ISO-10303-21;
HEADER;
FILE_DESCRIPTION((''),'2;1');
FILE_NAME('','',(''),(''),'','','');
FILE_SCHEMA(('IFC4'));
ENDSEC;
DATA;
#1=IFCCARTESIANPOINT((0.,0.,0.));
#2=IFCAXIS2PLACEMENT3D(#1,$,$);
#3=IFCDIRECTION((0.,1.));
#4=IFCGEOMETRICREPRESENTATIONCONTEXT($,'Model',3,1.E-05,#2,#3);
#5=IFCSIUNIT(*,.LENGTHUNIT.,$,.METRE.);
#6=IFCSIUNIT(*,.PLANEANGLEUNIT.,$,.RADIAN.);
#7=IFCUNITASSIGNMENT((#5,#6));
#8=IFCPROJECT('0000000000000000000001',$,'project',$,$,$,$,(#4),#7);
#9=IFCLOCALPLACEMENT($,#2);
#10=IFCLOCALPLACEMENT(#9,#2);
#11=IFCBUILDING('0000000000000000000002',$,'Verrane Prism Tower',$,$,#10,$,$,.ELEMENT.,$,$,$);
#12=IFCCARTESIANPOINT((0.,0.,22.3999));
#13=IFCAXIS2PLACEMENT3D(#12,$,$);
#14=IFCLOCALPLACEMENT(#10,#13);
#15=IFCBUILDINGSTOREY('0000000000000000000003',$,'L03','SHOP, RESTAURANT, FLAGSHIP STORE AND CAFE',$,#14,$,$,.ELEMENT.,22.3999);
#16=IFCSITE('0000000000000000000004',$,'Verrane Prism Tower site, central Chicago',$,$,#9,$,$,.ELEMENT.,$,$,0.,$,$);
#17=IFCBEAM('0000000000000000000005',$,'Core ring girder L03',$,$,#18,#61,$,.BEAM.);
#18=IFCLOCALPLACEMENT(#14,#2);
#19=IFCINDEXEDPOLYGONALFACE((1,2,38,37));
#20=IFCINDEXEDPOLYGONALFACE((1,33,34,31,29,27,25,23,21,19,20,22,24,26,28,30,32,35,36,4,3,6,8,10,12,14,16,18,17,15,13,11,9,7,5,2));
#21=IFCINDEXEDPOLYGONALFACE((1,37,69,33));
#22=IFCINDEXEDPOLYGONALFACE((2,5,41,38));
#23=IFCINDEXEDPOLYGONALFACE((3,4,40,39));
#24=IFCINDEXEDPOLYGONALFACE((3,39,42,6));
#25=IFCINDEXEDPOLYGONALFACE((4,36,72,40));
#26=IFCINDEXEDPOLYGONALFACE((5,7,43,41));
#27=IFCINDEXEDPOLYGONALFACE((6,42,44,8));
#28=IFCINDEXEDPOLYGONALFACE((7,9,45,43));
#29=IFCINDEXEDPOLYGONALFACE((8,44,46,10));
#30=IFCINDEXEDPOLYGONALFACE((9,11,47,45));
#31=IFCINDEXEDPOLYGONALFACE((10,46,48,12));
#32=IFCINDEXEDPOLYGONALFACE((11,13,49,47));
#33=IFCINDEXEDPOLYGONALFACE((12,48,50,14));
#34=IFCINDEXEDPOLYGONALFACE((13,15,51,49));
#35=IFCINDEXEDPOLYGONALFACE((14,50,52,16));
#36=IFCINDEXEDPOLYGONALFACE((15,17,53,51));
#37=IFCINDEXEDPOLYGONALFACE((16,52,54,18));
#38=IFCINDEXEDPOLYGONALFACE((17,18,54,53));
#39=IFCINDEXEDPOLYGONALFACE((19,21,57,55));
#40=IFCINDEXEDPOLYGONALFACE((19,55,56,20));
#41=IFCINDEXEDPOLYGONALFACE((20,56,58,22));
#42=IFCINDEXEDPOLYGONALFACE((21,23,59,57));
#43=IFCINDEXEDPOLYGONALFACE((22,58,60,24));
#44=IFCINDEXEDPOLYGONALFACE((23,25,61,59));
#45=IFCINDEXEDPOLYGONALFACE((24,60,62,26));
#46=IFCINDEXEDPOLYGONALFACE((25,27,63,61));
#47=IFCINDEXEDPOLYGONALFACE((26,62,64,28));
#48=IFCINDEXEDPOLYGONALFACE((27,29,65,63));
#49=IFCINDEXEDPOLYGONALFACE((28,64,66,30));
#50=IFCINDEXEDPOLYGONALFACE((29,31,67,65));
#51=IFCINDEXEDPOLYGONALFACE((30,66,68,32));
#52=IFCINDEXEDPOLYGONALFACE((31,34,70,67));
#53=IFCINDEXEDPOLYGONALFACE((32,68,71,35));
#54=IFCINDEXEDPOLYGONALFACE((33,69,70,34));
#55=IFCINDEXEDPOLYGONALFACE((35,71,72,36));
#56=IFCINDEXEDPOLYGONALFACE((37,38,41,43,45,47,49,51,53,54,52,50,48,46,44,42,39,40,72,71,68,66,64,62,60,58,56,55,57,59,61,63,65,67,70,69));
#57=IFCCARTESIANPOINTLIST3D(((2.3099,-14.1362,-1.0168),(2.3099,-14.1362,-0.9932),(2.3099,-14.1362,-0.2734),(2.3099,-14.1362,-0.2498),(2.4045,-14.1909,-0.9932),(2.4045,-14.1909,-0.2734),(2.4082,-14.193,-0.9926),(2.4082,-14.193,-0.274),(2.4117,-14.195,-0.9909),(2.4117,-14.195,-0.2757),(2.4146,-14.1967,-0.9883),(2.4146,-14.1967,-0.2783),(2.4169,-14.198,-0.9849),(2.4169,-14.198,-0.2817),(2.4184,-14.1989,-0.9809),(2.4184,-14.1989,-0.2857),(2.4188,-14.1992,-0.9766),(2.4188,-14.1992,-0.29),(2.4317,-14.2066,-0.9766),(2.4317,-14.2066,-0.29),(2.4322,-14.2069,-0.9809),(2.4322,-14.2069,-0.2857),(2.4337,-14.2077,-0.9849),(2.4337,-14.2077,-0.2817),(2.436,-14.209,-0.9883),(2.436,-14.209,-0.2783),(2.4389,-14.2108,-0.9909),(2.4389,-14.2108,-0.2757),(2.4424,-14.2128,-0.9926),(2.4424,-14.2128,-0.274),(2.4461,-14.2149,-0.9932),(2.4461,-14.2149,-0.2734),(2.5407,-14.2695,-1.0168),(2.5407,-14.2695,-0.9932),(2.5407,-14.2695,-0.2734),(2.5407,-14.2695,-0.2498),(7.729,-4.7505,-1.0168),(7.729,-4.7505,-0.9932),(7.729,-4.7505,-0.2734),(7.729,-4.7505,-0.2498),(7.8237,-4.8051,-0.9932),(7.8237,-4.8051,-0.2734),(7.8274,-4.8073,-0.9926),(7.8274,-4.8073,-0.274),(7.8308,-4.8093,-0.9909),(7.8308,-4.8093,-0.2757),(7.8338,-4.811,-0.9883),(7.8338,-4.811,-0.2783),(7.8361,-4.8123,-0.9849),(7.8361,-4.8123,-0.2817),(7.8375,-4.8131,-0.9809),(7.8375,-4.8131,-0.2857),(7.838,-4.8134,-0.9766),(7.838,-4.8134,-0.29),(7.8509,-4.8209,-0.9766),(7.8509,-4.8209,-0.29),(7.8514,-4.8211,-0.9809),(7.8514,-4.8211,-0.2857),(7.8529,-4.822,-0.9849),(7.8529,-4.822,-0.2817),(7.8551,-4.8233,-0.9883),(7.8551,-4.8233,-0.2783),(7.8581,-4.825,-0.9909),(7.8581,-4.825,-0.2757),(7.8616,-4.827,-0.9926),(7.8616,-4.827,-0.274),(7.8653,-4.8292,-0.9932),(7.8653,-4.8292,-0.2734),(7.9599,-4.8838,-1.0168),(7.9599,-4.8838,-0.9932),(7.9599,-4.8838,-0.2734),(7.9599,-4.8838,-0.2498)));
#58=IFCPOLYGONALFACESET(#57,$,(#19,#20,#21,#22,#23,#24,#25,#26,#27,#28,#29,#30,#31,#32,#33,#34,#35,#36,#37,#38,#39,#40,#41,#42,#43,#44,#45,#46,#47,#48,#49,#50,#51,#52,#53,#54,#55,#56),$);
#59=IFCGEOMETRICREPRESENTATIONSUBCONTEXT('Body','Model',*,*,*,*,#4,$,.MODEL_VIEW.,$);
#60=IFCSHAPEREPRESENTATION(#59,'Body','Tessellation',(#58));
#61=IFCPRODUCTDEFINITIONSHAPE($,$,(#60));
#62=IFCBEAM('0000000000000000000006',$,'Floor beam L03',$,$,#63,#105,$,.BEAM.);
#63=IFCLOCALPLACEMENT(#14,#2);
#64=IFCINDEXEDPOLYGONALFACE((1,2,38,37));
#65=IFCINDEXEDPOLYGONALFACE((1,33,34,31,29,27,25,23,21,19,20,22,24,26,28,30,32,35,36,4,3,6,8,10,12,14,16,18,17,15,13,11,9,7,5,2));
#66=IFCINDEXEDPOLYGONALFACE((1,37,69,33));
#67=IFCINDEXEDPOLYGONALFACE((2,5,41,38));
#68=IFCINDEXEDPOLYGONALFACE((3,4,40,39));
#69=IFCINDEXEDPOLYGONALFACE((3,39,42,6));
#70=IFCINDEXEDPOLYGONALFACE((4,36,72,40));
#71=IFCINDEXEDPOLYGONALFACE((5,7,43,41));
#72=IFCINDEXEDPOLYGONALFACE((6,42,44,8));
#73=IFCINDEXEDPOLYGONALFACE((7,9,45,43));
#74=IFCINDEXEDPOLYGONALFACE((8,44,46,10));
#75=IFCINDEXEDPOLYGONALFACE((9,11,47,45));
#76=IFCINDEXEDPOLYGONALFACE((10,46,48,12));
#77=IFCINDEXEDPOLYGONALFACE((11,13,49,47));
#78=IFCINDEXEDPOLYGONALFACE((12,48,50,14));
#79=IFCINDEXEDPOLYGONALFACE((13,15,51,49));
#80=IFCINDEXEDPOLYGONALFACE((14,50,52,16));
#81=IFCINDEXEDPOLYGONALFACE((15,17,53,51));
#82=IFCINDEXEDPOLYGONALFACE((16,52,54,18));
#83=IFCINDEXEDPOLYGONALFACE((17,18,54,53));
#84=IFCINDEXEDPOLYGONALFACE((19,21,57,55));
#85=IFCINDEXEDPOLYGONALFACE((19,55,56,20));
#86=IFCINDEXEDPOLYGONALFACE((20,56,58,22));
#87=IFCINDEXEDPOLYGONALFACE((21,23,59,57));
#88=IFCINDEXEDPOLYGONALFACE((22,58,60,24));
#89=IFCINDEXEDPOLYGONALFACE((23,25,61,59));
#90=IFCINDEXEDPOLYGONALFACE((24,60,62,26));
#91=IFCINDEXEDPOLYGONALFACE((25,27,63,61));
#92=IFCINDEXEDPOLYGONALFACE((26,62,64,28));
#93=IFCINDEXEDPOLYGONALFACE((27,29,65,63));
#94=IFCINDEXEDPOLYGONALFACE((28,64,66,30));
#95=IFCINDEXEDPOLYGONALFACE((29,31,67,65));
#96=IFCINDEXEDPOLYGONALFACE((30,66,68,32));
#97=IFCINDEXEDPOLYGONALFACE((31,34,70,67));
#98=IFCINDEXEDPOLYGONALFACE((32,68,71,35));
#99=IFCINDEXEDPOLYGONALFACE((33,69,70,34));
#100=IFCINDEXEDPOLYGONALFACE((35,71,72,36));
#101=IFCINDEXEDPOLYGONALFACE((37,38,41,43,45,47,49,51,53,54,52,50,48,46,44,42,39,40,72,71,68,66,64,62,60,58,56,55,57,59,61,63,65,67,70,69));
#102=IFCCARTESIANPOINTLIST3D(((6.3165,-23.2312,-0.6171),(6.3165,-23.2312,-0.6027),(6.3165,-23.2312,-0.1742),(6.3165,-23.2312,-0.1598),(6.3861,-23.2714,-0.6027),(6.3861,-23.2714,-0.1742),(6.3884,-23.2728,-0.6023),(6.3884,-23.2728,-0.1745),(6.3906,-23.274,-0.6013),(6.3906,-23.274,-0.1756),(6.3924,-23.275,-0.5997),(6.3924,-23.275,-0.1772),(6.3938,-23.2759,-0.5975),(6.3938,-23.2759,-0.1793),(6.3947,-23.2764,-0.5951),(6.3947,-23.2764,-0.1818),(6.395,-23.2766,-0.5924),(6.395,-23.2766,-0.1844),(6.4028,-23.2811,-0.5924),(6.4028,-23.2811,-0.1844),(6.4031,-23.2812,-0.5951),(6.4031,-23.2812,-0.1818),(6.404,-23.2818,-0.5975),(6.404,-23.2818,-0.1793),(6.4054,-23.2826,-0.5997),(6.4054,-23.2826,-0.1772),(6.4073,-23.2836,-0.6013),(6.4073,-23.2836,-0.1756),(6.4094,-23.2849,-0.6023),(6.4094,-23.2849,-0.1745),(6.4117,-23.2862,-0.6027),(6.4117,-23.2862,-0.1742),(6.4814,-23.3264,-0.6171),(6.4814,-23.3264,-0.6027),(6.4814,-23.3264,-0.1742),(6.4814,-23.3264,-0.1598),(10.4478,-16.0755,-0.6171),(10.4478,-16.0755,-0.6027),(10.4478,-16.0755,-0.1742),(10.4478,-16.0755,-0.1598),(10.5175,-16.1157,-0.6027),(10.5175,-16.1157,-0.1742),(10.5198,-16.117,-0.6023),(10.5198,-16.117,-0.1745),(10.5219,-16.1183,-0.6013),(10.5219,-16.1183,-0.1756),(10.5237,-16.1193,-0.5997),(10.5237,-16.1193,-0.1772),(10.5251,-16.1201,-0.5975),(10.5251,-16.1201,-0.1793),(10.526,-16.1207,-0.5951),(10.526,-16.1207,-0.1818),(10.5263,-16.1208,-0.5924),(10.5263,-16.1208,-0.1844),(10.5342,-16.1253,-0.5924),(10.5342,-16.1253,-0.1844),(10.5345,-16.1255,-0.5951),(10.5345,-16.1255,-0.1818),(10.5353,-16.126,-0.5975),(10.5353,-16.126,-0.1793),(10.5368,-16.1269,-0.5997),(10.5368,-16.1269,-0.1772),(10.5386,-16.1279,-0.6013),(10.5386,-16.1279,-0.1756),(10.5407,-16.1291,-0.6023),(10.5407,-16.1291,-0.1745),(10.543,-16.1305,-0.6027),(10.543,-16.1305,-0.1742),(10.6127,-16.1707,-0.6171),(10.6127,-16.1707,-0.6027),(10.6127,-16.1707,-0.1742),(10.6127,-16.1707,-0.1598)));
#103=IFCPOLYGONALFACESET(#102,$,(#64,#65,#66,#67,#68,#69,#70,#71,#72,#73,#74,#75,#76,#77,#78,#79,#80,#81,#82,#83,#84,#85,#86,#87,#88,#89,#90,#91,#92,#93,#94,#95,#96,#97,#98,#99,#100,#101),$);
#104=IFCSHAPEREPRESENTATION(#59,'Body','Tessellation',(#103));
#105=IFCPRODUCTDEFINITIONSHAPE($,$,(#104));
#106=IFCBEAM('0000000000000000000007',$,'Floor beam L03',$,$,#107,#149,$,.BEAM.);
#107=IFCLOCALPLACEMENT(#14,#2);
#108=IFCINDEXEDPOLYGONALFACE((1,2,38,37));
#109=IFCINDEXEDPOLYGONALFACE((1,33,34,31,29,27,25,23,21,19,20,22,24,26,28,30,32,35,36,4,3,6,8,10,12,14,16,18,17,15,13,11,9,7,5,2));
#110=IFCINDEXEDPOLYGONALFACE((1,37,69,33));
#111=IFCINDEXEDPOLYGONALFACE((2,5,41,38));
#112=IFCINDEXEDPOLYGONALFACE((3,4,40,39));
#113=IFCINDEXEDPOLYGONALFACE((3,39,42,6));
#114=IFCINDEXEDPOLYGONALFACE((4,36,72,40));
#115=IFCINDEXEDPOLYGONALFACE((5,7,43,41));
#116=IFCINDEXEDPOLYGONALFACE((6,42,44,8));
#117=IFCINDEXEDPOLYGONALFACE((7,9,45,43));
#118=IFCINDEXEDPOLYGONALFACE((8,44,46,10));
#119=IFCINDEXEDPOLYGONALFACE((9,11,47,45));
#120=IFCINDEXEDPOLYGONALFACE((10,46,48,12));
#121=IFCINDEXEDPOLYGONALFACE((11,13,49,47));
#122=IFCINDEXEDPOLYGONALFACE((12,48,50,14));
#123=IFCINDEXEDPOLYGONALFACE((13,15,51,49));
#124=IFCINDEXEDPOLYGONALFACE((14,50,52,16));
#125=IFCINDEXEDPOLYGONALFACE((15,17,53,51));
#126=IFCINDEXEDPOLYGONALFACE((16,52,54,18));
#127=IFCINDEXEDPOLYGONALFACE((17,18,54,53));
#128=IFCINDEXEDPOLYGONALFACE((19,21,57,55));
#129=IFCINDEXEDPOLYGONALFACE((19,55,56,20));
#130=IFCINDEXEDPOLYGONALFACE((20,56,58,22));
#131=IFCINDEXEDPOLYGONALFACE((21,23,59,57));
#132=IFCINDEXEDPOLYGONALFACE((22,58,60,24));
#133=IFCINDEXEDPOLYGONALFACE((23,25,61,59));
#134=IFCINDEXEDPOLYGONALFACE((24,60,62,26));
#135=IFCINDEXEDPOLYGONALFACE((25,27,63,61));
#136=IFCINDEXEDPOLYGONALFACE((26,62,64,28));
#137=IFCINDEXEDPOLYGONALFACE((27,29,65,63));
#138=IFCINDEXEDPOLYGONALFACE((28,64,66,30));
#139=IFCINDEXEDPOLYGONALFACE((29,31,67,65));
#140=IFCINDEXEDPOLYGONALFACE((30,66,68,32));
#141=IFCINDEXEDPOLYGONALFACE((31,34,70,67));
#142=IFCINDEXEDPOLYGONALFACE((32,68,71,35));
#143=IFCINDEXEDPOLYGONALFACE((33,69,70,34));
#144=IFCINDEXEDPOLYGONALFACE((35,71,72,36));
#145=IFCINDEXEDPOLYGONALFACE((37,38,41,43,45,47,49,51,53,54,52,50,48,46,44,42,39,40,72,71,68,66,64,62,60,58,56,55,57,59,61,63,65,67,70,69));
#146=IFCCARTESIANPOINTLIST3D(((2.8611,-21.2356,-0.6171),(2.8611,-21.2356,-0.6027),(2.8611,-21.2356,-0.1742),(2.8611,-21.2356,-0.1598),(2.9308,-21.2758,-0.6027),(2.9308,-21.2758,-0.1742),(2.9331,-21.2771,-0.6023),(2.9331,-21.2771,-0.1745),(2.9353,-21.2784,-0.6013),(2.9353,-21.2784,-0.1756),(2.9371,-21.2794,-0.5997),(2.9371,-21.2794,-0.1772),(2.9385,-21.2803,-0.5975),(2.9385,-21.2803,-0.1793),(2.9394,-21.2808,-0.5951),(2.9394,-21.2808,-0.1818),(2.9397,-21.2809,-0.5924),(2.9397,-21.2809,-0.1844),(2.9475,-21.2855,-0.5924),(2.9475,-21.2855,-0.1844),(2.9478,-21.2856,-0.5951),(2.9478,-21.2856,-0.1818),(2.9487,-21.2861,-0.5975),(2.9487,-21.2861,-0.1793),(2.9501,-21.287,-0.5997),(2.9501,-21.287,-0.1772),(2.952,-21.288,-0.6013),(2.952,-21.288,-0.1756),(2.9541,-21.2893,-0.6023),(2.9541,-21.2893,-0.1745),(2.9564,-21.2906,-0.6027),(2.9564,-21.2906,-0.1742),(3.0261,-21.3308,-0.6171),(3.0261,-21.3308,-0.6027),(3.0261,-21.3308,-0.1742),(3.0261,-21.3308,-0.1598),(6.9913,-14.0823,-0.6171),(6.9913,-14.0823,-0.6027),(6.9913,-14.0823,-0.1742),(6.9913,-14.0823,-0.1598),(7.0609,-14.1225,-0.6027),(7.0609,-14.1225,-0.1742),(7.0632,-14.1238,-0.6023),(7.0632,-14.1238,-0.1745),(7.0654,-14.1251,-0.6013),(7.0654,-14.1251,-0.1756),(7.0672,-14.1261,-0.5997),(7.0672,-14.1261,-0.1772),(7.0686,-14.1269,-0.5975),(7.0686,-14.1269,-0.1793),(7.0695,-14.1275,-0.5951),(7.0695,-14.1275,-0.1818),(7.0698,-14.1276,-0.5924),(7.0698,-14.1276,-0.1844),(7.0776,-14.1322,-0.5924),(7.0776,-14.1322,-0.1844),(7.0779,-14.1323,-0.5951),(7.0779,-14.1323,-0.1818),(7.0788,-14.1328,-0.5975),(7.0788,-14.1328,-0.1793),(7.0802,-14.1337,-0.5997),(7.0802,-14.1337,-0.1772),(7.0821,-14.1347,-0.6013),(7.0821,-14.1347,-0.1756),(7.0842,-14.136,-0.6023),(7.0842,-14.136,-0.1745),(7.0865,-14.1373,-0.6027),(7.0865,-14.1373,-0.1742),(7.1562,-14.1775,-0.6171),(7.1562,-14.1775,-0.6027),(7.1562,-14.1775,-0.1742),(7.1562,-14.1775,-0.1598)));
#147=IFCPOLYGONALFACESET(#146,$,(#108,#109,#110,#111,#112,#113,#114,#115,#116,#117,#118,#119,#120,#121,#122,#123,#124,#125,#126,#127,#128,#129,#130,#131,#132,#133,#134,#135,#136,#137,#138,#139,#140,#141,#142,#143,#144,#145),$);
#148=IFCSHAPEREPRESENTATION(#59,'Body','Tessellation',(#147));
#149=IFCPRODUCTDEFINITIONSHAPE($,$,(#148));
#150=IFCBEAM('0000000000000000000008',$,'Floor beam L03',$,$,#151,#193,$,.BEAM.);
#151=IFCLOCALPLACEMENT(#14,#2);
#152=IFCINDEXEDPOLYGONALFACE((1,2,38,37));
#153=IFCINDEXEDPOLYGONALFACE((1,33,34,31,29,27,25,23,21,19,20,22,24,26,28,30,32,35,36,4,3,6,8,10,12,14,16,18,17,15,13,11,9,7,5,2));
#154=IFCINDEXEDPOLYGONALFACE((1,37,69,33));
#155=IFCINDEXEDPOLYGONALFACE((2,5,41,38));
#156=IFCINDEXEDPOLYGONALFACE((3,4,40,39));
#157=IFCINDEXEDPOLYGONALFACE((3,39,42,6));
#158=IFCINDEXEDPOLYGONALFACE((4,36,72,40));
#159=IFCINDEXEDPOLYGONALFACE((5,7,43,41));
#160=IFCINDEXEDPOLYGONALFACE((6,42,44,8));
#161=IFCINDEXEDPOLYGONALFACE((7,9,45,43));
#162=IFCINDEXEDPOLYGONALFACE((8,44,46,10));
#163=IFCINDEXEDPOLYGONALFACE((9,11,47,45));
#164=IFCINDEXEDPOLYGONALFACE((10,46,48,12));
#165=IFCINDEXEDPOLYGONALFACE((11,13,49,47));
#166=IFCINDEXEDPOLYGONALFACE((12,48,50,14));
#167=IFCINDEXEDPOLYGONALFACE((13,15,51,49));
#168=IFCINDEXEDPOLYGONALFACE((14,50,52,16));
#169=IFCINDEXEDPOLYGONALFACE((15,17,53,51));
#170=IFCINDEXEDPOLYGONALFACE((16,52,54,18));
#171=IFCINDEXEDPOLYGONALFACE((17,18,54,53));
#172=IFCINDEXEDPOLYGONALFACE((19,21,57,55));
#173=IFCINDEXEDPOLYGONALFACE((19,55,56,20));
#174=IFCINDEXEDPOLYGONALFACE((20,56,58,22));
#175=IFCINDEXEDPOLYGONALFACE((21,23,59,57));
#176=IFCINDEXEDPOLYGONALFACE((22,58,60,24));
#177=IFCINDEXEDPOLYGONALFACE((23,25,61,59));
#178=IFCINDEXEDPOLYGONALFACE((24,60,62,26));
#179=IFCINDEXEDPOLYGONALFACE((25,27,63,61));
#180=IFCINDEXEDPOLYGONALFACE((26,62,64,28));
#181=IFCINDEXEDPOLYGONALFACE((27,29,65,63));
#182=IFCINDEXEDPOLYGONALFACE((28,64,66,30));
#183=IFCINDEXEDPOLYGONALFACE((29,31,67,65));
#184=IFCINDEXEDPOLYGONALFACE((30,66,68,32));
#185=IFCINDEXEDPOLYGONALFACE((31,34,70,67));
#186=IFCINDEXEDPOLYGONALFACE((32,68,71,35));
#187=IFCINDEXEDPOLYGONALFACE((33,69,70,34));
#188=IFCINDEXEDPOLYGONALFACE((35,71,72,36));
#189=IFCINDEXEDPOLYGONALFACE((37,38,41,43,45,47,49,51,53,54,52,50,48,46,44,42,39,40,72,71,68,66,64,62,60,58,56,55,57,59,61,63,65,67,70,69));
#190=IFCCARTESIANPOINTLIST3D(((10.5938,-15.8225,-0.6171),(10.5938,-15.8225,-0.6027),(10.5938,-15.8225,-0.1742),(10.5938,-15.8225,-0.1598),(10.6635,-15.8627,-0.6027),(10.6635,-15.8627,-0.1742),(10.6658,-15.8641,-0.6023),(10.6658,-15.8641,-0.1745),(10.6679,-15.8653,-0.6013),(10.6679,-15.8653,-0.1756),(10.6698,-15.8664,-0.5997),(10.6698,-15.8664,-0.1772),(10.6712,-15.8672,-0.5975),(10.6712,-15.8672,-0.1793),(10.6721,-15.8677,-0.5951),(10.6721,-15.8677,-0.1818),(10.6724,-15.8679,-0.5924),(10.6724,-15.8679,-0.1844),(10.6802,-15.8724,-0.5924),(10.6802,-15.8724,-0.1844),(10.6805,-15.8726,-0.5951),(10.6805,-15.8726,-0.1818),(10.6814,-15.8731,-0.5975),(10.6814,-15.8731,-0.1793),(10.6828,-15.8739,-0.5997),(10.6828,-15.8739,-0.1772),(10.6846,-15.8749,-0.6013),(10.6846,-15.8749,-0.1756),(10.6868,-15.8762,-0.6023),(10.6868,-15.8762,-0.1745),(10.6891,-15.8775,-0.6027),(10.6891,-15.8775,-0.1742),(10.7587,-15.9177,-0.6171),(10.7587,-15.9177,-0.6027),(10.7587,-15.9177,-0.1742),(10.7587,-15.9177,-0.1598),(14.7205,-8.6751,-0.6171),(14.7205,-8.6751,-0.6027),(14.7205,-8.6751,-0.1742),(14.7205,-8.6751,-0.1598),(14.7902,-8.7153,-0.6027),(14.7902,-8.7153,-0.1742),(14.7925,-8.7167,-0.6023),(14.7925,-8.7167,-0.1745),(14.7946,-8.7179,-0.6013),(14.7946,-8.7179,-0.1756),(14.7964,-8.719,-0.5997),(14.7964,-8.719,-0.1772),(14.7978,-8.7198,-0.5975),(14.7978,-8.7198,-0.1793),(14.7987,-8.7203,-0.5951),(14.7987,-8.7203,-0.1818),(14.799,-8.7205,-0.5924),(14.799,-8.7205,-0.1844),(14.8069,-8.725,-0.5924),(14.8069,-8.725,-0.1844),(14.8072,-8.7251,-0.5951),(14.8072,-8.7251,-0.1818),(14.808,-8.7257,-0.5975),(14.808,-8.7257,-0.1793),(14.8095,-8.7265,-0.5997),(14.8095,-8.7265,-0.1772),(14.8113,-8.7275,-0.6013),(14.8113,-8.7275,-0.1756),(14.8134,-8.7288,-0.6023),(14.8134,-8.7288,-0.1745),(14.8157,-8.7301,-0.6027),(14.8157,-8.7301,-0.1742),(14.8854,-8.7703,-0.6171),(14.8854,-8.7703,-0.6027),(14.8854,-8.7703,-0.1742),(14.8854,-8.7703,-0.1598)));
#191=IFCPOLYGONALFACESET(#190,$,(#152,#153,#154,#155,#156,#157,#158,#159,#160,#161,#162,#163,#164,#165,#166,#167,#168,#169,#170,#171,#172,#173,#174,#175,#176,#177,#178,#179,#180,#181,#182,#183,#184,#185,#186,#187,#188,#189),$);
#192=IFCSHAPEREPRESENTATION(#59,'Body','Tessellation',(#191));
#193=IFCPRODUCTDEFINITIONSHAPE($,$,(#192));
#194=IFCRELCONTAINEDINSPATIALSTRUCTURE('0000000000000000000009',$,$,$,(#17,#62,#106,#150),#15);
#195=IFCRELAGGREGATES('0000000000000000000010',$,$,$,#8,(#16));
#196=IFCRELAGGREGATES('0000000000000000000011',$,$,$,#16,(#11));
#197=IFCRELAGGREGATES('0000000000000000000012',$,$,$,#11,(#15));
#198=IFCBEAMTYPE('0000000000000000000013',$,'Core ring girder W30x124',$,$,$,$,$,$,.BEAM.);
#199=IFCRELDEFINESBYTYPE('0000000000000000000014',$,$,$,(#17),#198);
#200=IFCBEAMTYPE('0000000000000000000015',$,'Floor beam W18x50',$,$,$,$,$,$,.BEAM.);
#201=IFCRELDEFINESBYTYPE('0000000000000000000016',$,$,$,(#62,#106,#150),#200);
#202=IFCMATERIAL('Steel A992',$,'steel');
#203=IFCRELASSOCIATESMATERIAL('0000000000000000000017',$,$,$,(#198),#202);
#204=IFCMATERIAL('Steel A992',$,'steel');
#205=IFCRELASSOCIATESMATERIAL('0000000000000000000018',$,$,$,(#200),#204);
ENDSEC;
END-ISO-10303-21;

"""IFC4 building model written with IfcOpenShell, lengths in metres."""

from ifc_helpers import new_model, si_unit, direction, frame, origin, origin_2d, place, context, subcontext, project, spatial, i_section, extrude, material, material_profile, profile_set, type_object, element, save


model = new_model("IFC4")

# Units and contexts
model_context = context("Model", 3, precision=1e-05, world=origin(), true_north=direction((0.0, 1.0)))
body_context = subcontext(model_context, "Body", "Model", "MODEL_VIEW")
ifc_project = project(units=[si_unit("LENGTHUNIT", "METRE"), si_unit("PLANEANGLEUNIT", "RADIAN")], contexts=[model_context])

# Site, building, storey
site_placement = place(None, origin())
site = spatial("IfcSite", under=ifc_project, at=site_placement, Name="Verrane Prism Tower site, central Chicago", CompositionType="ELEMENT", RefElevation=0.0)
building_placement = place(site_placement, origin())
building = spatial("IfcBuilding", under=site, at=building_placement, Name="Verrane Prism Tower", CompositionType="ELEMENT")
storey_placement = place(building_placement, frame((0.0, 0.0, 22.3999)))
storey = spatial("IfcBuildingStorey", under=building, at=storey_placement, Name="L03", Description="SHOP, RESTAURANT, FLAGSHIP STORE AND CAFE", CompositionType="ELEMENT", Elevation=22.3999)

# Beams
ifc_material_1 = material(Name="Steel A992", Category="steel")
ifc_material_profile_1 = material_profile(ifc_material_1, i_section(OverallWidth=0.2666, OverallDepth=0.7671, WebThickness=0.0149, FlangeThickness=0.0237, FilletRadius=0.0166, at=origin_2d()), Name="W30x124")
ifc_profile_set_1 = profile_set([ifc_material_profile_1], Name="Steel A992")
beam_type_1 = type_object("IfcBeamType", Name="Core ring girder W30x124", PredefinedType="BEAM", material=ifc_profile_set_1)
beam_1_placement = place(storey_placement, frame((2.4253, -14.2029, -0.6333), z_axis=(0.500023, 0.866012, 0.0), x_axis=(-0.866012, 0.500023, 0.0)))
element("IfcBeam", 1, at=beam_1_placement, inside=storey, type_object=beam_type_1, Name="Core ring girder L03", PredefinedType="BEAM", context=body_context, shape_type="SweptSolid", body=[
    extrude(i_section(OverallWidth=0.2666, OverallDepth=0.7671, WebThickness=0.0149, FlangeThickness=0.0237, FilletRadius=0.0166, at=origin_2d()), origin(), (0.0, 0.0, 1.0), 10.8379),
])
ifc_material_2 = material(Name="Steel A992", Category="steel")
ifc_material_profile_2 = material_profile(ifc_material_2, i_section(OverallWidth=0.1904, OverallDepth=0.4573, WebThickness=0.009, FlangeThickness=0.0144, FilletRadius=0.0103, at=origin_2d()), Name="W18x50")
ifc_profile_set_2 = profile_set([ifc_material_profile_2], Name="Steel A992")
beam_type_2 = type_object("IfcBeamType", Name="Floor beam W18x50", PredefinedType="BEAM", material=ifc_profile_set_2)
beam_2_placement = place(storey_placement, frame((6.3989, -23.2788, -0.3884), z_axis=(0.499997, 0.866027, 0.0), x_axis=(-0.866027, 0.499997, 0.0)))
element("IfcBeam", 2, at=beam_2_placement, inside=storey, type_object=beam_type_2, Name="Floor beam L03", PredefinedType="BEAM", context=body_context, shape_type="SweptSolid", body=[
    extrude(i_section(OverallWidth=0.1904, OverallDepth=0.4573, WebThickness=0.009, FlangeThickness=0.0144, FilletRadius=0.0103, at=origin_2d()), origin(), (0.0, 0.0, 1.0), 8.2627),
])
beam_3_placement = place(storey_placement, frame((2.9436, -21.2832, -0.3884), z_axis=(0.500014, 0.866017, 0.0), x_axis=(-0.866017, 0.500014, 0.0)))
element("IfcBeam", 3, at=beam_3_placement, inside=storey, type_object=beam_type_2, Name="Floor beam L03", PredefinedType="BEAM", context=body_context, shape_type="SweptSolid", body=[
    extrude(i_section(OverallWidth=0.1904, OverallDepth=0.4573, WebThickness=0.009, FlangeThickness=0.0144, FilletRadius=0.0103, at=origin_2d()), origin(), (0.0, 0.0, 1.0), 8.26),
])
beam_4_placement = place(storey_placement, frame((10.6763, -15.8701, -0.3884), z_axis=(0.500011, 0.866019, 0.0), x_axis=(-0.866019, 0.500011, 0.0)))
element("IfcBeam", 4, at=beam_4_placement, inside=storey, type_object=beam_type_2, Name="Floor beam L03", PredefinedType="BEAM", context=body_context, shape_type="SweptSolid", body=[
    extrude(i_section(OverallWidth=0.1904, OverallDepth=0.4573, WebThickness=0.009, FlangeThickness=0.0144, FilletRadius=0.0103, at=origin_2d()), origin(), (0.0, 0.0, 1.0), 8.2532),
])

save(model, "model.ifc")
